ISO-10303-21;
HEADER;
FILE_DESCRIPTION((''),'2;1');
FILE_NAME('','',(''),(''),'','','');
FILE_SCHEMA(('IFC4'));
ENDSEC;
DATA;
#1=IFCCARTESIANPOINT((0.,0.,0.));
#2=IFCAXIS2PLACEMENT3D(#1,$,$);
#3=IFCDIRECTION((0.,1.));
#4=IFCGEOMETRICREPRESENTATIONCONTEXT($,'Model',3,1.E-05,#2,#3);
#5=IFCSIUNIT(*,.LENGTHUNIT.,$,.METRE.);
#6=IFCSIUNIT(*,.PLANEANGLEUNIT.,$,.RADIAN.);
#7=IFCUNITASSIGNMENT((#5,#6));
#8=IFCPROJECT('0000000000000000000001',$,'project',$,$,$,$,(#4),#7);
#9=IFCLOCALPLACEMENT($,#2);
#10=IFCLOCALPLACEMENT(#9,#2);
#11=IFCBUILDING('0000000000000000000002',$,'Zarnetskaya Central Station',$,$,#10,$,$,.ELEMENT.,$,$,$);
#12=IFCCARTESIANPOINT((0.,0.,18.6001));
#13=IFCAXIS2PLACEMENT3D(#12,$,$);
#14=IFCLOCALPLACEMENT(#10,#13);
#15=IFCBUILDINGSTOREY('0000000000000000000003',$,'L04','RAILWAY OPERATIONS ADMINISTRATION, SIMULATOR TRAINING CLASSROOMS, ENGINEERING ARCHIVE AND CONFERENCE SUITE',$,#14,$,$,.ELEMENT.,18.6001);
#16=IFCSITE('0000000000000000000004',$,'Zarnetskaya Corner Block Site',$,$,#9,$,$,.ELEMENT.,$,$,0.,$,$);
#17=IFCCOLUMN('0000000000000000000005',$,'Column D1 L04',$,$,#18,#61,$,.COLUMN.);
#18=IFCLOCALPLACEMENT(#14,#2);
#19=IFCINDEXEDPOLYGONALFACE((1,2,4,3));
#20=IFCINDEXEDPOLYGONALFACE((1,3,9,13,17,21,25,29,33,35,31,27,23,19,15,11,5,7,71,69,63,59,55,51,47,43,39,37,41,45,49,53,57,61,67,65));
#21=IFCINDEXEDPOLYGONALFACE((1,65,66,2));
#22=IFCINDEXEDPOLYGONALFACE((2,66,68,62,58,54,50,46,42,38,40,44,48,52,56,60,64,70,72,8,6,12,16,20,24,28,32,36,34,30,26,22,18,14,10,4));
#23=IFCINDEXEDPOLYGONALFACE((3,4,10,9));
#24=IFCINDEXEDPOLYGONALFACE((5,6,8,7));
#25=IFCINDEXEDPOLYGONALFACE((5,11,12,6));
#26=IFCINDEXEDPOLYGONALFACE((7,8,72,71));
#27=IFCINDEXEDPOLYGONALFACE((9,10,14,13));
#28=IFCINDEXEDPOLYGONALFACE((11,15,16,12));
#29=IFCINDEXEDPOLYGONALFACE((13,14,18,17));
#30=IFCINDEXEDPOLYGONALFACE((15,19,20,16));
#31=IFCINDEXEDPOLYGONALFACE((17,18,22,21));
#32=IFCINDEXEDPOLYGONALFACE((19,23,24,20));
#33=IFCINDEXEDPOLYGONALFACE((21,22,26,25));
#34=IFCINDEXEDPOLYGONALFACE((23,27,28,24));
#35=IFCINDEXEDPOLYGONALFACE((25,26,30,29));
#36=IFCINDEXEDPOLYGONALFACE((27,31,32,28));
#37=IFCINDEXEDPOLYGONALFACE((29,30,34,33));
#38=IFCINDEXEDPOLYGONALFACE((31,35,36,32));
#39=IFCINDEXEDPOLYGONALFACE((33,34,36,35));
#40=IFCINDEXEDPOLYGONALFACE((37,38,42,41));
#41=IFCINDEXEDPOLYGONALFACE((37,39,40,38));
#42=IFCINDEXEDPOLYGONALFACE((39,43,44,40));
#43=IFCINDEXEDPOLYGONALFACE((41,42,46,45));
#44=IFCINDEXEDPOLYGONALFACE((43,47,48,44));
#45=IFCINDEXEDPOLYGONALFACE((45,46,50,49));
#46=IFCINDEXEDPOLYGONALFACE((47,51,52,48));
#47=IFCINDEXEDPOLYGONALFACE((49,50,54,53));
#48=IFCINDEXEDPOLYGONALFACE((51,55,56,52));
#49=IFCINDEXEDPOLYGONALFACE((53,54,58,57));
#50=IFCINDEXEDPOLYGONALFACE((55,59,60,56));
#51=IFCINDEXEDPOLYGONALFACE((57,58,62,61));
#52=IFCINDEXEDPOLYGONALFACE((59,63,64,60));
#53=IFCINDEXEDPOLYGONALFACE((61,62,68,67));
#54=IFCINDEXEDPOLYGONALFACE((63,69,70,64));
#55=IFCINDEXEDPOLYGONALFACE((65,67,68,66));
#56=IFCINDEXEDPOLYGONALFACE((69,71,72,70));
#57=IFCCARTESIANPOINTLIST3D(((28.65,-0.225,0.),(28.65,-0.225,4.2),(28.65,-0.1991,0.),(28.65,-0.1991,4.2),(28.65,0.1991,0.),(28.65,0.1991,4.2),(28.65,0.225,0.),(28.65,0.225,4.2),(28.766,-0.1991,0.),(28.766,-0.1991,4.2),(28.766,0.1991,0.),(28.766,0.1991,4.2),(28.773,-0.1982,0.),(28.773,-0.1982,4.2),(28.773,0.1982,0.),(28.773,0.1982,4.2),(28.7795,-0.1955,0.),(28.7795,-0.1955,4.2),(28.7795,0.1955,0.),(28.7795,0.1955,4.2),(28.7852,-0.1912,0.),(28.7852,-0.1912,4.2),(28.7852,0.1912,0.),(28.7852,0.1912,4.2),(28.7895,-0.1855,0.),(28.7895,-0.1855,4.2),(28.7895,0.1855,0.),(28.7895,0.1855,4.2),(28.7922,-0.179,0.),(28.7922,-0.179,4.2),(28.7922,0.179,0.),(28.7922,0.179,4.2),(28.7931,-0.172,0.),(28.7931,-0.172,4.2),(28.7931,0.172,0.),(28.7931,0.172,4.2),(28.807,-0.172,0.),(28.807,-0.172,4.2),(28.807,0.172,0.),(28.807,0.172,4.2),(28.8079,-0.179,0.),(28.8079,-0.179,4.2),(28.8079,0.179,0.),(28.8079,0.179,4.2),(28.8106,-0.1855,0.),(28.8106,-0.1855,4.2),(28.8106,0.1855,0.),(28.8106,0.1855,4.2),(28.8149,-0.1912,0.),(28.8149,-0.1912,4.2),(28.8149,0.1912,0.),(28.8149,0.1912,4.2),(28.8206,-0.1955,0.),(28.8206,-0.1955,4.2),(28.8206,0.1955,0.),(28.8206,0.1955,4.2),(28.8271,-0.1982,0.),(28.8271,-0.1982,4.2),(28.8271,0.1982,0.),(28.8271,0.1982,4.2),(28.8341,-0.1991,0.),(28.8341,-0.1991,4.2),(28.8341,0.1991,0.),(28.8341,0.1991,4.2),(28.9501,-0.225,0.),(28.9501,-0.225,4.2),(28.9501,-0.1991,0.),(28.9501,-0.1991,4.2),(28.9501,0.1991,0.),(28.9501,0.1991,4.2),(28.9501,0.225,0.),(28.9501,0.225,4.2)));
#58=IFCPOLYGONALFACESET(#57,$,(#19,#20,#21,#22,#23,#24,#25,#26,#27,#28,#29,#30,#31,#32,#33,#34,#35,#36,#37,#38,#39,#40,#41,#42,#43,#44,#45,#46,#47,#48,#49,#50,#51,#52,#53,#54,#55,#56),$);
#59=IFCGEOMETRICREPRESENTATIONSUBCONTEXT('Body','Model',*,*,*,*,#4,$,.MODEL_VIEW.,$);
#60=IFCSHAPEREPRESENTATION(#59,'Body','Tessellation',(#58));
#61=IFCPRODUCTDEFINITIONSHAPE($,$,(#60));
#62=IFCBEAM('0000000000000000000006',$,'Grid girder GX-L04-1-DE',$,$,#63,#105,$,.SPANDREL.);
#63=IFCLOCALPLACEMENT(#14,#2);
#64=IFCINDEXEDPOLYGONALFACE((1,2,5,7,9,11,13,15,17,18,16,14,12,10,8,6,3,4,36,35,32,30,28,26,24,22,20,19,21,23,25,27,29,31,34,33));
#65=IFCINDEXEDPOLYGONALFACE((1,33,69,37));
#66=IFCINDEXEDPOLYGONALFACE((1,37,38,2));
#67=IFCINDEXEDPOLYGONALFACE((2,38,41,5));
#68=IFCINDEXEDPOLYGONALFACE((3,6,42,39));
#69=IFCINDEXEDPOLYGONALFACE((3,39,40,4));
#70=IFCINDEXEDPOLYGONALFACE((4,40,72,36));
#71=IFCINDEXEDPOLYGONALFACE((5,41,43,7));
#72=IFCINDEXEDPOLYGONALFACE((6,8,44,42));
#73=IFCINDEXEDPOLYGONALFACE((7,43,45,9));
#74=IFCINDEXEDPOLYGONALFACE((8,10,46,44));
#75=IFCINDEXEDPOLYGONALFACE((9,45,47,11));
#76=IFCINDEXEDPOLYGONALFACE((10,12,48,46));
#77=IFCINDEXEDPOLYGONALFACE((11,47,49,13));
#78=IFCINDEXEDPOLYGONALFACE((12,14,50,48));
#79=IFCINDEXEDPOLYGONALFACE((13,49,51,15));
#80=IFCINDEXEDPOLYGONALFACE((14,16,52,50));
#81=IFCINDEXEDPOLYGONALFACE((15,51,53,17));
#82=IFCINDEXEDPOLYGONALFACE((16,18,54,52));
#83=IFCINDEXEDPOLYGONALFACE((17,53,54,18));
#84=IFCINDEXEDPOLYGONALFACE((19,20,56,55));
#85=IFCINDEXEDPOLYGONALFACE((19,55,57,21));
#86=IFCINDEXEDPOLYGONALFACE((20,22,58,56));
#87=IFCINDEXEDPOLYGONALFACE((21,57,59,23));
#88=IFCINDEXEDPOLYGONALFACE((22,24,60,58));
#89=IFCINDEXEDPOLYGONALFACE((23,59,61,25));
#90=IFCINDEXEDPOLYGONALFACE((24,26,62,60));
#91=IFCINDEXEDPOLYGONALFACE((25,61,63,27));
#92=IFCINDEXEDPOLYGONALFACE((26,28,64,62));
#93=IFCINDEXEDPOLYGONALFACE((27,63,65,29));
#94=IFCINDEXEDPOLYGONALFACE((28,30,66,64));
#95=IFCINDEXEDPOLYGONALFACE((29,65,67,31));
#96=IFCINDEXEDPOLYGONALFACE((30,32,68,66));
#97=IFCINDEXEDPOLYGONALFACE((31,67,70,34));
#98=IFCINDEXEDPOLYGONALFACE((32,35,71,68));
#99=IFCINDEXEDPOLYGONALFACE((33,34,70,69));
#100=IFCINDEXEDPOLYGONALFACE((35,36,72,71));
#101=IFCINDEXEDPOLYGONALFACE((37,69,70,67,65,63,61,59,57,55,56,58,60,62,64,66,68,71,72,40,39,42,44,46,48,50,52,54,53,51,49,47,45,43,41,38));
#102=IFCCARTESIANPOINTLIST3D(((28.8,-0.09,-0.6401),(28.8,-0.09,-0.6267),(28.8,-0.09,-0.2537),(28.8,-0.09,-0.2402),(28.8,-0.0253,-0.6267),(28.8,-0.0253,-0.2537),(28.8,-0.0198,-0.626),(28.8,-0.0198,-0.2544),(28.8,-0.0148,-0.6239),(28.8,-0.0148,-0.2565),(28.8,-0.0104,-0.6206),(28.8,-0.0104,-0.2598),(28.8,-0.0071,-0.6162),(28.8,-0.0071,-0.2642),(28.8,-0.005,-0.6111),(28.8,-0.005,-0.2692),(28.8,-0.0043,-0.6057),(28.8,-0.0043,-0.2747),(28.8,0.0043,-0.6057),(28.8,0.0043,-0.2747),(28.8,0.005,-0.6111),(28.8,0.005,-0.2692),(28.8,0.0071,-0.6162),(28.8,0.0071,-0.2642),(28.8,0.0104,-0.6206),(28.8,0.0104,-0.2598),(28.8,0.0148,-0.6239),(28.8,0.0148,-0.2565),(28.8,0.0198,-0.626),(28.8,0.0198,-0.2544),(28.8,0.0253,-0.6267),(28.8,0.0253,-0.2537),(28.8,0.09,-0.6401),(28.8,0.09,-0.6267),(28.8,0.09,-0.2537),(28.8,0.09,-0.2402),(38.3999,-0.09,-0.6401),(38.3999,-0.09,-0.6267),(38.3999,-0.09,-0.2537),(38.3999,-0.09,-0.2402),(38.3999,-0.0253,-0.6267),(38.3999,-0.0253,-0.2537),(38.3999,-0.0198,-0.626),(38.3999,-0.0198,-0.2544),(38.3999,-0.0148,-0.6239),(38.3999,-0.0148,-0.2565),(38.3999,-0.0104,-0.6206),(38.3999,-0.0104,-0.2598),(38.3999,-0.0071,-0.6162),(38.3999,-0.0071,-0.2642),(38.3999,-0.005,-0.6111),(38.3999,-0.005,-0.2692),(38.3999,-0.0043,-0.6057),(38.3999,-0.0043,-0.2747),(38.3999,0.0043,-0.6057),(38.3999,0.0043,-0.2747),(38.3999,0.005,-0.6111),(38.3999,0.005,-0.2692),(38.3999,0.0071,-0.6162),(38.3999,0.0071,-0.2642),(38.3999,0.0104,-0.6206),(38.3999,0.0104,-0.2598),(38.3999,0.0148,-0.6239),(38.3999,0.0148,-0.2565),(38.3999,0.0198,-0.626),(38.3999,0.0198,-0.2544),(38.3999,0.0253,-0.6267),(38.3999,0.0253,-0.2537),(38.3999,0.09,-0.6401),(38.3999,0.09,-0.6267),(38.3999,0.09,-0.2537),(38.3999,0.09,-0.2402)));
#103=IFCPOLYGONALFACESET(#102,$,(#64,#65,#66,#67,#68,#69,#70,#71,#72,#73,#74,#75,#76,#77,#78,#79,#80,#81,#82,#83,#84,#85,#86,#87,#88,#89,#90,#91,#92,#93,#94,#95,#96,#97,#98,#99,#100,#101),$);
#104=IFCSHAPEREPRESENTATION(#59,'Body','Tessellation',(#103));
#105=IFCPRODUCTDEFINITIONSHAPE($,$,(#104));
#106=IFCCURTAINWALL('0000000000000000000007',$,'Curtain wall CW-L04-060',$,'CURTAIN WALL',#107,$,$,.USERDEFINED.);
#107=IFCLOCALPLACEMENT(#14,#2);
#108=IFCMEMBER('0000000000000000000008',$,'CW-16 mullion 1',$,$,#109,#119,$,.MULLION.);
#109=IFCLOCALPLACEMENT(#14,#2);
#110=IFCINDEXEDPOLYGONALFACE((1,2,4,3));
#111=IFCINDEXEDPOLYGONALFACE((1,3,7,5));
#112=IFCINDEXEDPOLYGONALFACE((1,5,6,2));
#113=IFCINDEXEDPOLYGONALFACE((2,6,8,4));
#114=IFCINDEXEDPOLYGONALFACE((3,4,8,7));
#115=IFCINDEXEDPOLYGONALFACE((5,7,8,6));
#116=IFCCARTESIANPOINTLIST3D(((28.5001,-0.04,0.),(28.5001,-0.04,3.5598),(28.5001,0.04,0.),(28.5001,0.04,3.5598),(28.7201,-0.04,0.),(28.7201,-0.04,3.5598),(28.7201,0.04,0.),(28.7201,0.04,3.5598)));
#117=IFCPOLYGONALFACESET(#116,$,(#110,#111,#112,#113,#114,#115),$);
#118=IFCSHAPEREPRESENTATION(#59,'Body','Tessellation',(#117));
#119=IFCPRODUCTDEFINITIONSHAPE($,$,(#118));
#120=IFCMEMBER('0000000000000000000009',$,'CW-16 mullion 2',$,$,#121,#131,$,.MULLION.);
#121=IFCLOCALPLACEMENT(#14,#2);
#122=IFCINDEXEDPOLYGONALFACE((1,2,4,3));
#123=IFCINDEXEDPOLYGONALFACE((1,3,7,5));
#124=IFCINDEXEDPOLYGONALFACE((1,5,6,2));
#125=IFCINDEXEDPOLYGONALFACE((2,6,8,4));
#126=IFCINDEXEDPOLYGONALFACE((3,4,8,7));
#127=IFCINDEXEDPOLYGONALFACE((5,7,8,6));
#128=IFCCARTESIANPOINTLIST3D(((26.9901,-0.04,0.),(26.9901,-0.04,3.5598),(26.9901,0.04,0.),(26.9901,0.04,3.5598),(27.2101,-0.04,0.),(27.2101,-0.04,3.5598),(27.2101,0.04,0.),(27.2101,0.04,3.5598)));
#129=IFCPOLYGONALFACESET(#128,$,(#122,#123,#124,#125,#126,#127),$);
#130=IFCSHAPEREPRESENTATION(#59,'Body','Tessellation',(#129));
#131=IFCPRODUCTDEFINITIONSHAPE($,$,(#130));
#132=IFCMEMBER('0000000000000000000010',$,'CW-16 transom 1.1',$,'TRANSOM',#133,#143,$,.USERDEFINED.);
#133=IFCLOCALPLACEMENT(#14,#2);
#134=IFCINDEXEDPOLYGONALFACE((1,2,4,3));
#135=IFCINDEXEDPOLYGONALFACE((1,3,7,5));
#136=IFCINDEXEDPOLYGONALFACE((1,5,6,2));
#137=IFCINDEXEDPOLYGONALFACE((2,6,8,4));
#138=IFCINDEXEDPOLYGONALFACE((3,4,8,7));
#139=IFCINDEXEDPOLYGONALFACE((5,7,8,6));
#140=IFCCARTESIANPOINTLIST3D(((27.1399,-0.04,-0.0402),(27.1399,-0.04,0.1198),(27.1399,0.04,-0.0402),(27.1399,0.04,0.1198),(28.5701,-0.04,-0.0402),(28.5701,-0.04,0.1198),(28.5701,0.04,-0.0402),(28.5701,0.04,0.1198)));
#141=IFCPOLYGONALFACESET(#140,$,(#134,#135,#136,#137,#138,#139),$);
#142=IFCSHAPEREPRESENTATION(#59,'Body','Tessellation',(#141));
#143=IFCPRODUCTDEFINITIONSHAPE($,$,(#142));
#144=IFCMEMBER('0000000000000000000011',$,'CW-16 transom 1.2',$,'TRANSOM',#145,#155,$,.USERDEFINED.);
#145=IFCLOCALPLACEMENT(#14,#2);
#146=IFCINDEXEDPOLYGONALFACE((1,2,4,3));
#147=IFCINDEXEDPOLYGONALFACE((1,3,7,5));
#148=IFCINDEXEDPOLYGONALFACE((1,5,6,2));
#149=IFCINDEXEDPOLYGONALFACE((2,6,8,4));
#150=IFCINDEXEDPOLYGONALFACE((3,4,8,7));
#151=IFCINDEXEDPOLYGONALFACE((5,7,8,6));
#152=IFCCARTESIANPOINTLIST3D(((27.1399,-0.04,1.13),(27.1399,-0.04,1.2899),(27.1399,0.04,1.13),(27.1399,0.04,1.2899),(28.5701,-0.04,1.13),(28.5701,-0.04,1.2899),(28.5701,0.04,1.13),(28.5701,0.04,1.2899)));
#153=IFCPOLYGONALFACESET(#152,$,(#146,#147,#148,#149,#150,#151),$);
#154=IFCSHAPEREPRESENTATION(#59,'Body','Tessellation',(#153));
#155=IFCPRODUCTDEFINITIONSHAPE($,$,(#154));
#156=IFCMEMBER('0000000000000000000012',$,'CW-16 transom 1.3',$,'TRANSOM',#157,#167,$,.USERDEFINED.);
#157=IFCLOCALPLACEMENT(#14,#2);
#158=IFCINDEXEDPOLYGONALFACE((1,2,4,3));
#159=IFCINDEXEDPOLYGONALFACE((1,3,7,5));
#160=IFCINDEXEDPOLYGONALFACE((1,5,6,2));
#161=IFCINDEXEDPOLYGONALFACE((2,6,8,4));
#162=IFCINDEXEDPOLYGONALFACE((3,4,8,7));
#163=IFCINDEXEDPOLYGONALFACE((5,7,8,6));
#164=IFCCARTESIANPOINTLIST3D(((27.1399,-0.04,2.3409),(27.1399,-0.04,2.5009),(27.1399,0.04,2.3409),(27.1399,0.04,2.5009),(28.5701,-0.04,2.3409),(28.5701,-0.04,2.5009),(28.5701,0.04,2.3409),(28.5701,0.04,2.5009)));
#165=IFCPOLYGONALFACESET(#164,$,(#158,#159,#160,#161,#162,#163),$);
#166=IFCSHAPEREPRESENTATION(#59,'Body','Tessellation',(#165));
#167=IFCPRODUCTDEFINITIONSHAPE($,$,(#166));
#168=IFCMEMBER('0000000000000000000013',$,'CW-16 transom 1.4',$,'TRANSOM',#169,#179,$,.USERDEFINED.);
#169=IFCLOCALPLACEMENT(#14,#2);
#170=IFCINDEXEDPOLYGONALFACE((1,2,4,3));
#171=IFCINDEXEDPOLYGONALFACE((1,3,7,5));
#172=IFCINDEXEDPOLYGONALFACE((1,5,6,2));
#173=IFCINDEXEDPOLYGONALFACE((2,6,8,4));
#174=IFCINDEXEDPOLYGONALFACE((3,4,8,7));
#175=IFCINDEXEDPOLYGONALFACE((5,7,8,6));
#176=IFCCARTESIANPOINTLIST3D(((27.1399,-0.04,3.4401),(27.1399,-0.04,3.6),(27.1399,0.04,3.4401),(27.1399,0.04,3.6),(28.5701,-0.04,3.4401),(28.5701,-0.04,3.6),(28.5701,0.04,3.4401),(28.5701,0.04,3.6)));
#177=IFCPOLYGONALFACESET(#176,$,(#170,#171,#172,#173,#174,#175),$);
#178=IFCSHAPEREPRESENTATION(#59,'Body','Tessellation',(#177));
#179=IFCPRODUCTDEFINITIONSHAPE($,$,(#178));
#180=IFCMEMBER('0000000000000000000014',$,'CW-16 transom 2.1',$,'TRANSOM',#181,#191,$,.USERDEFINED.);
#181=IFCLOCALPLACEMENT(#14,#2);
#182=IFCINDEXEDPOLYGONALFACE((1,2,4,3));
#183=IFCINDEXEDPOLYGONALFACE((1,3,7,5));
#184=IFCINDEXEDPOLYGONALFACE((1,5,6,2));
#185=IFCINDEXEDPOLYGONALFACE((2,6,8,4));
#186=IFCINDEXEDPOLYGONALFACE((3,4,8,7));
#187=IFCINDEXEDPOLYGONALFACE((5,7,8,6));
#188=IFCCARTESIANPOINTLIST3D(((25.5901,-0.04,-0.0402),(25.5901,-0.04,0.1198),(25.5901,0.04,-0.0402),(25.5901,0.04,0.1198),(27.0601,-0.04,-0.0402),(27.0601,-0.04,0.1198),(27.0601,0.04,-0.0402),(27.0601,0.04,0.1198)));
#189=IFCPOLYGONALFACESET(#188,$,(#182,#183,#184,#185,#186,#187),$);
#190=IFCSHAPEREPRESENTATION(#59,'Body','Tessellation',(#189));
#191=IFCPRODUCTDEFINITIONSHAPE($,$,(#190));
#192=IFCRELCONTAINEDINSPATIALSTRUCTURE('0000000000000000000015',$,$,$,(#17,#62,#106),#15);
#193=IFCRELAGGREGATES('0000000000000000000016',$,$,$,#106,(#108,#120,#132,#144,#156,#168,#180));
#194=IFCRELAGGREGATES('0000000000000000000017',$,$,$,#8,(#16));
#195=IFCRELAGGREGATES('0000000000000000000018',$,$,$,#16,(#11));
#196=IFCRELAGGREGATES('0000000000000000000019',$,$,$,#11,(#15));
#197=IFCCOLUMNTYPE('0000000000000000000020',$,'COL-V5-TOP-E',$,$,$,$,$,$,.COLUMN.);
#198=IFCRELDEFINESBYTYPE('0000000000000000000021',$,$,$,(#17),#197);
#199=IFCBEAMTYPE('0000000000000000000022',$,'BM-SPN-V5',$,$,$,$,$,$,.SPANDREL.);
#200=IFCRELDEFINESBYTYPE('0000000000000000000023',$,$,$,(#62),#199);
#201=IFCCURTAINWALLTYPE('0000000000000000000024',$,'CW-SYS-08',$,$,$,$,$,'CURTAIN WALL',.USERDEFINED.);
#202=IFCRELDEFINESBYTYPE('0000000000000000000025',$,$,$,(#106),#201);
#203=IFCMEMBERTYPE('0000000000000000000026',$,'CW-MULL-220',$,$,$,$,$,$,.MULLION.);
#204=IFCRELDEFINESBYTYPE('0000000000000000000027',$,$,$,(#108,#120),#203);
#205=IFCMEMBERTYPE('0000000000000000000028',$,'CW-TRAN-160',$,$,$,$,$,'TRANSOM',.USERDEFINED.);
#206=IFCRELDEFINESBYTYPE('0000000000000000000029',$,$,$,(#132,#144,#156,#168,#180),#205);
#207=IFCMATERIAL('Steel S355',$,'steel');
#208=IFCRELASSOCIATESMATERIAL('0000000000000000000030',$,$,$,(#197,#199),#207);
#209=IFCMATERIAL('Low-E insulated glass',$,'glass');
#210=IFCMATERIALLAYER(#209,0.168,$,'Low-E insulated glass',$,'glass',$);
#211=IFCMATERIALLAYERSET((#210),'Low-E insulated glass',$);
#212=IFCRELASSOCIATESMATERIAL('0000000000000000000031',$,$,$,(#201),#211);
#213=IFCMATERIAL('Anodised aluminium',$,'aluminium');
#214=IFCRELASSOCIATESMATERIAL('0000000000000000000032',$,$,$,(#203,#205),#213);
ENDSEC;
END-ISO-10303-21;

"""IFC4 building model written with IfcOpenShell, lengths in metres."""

from ifc_helpers import new_model, si_unit, direction, frame, origin, origin_2d, place, context, subcontext, project, spatial, rectangle, i_section, extrude, material, layer, layer_set, material_profile, profile_set, type_object, element, aggregate, save


model = new_model("IFC4")

# Units and contexts
model_context = context("Model", 3, precision=1e-05, world=origin(), true_north=direction((0.0, 1.0)))
body_context = subcontext(model_context, "Body", "Model", "MODEL_VIEW")
ifc_project = project(units=[si_unit("LENGTHUNIT", "METRE"), si_unit("PLANEANGLEUNIT", "RADIAN")], contexts=[model_context])

# Site, building, storey
site_placement = place(None, origin())
site = spatial("IfcSite", under=ifc_project, at=site_placement, Name="Zarnetskaya Corner Block Site", CompositionType="ELEMENT", RefElevation=0.0)
building_placement = place(site_placement, origin())
building = spatial("IfcBuilding", under=site, at=building_placement, Name="Zarnetskaya Central Station", CompositionType="ELEMENT")
storey_placement = place(building_placement, frame((0.0, 0.0, 18.6001)))
storey = spatial("IfcBuildingStorey", under=building, at=storey_placement, Name="L04", Description="RAILWAY OPERATIONS ADMINISTRATION, SIMULATOR TRAINING CLASSROOMS, ENGINEERING ARCHIVE AND CONFERENCE SUITE", CompositionType="ELEMENT", Elevation=18.6001)

# Column
ifc_material_1 = material(Name="Steel S355", Category="steel")
ifc_material_profile_1 = material_profile(ifc_material_1, i_section(OverallWidth=0.3, OverallDepth=0.45, WebThickness=0.0139, FlangeThickness=0.0259, FilletRadius=0.0271, at=origin_2d()), Name="HEB 450")
ifc_profile_set_1 = profile_set([ifc_material_profile_1], Name="Steel S355")
column_type = type_object("IfcColumnType", Name="COL-V5-TOP-E", PredefinedType="COLUMN", material=ifc_profile_set_1)
column_placement = place(storey_placement, frame((28.8, 0.0, 0.0), z_axis=(0.0, 0.0, 1.0), x_axis=(1.0, 0.0, 0.0)))
element("IfcColumn", 1, at=column_placement, inside=storey, type_object=column_type, Name="Column D1 L04", PredefinedType="COLUMN", context=body_context, shape_type="SweptSolid", body=[
    extrude(i_section(OverallWidth=0.3, OverallDepth=0.45, WebThickness=0.0139, FlangeThickness=0.0259, FilletRadius=0.0271, at=origin_2d()), origin(), (0.0, 0.0, 1.0), 4.2),
])

# Beam
ifc_material_profile_2 = material_profile(ifc_material_1, i_section(OverallWidth=0.1799, OverallDepth=0.3999, WebThickness=0.0085, FlangeThickness=0.0134, FilletRadius=0.021, at=origin_2d()), Name="IPE 400")
ifc_profile_set_2 = profile_set([ifc_material_profile_2], Name="Steel S355")
beam_type_1 = type_object("IfcBeamType", Name="BM-SPN-V5", PredefinedType="SPANDREL", material=ifc_profile_set_2)
beam_1_placement = place(storey_placement, frame((28.8, 0.0, -0.4402), z_axis=(1.0, 0.0, 0.0), x_axis=(0.0, 1.0, 0.0)))
element("IfcBeam", 2, at=beam_1_placement, inside=storey, type_object=beam_type_1, Name="Grid girder GX-L04-1-DE", PredefinedType="SPANDREL", context=body_context, shape_type="SweptSolid", body=[
    extrude(i_section(OverallWidth=0.1799, OverallDepth=0.3999, WebThickness=0.0085, FlangeThickness=0.0134, FilletRadius=0.021, at=origin_2d()), origin(), (0.0, 0.0, 1.0), 9.5999),
])

# Curtain wall, members
ifc_material_2 = material(Name="Low-E insulated glass", Category="glass")
ifc_layer_1 = layer(ifc_material_2, 0.168, Name="Low-E insulated glass", Category="glass")
ifc_layer_set_1 = layer_set([ifc_layer_1], Name="Low-E insulated glass")
curtain_wall_type = type_object("IfcCurtainWallType", Name="CW-SYS-08", ElementType="CURTAIN WALL", PredefinedType="USERDEFINED", material=ifc_layer_set_1)
curtain_wall_placement = place(storey_placement, origin())
curtain_wall = element("IfcCurtainWall", 3, at=curtain_wall_placement, inside=storey, type_object=curtain_wall_type, Name="Curtain wall CW-L04-060", ObjectType="CURTAIN WALL", PredefinedType="USERDEFINED")
ifc_material_3 = material(Name="Anodised aluminium", Category="aluminium")
ifc_material_profile_3 = material_profile(ifc_material_3, rectangle(XDim=0.0801, YDim=0.22, at=origin_2d()), Name="ALU MULL 80x220")
ifc_profile_set_3 = profile_set([ifc_material_profile_3], Name="Anodised aluminium")
member_type_1 = type_object("IfcMemberType", Name="CW-MULL-220", PredefinedType="MULLION", material=ifc_profile_set_3)
member_1_placement = place(storey_placement, frame((28.6101, 0.0, 0.0), z_axis=(0.0, 0.0, 1.0), x_axis=(0.0, -1.0, 0.0)))
member_1 = element("IfcMember", 4, at=member_1_placement, type_object=member_type_1, Name="CW-16 mullion 1", PredefinedType="MULLION", context=body_context, shape_type="SweptSolid", body=[
    extrude(rectangle(XDim=0.0801, YDim=0.22, at=origin_2d()), origin(), (0.0, 0.0, 1.0), 3.5598),
])
member_2_placement = place(storey_placement, frame((27.1001, 0.0, 0.0), z_axis=(0.0, 0.0, 1.0), x_axis=(0.0, -1.0, 0.0)))
member_2 = element("IfcMember", 5, at=member_2_placement, type_object=member_type_1, Name="CW-16 mullion 2", PredefinedType="MULLION", context=body_context, shape_type="SweptSolid", body=[
    extrude(rectangle(XDim=0.0801, YDim=0.22, at=origin_2d()), origin(), (0.0, 0.0, 1.0), 3.5598),
])
ifc_material_profile_4 = material_profile(ifc_material_3, rectangle(XDim=0.0801, YDim=0.1599, at=origin_2d()), Name="ALU TRAN 80x160")
ifc_profile_set_4 = profile_set([ifc_material_profile_4], Name="Anodised aluminium")
member_type_2 = type_object("IfcMemberType", Name="CW-TRAN-160", ElementType="TRANSOM", PredefinedType="USERDEFINED", material=ifc_profile_set_4)
member_3_placement = place(storey_placement, frame((28.5701, 0.0, 0.0398), z_axis=(-1.0, 0.0, 0.0), x_axis=(0.0, -1.0, 0.0)))
member_3 = element("IfcMember", 6, at=member_3_placement, type_object=member_type_2, Name="CW-16 transom 1.1", ObjectType="TRANSOM", PredefinedType="USERDEFINED", context=body_context, shape_type="SweptSolid", body=[
    extrude(rectangle(XDim=0.0801, YDim=0.1599, at=origin_2d()), origin(), (0.0, 0.0, 1.0), 1.4302),
])
member_4_placement = place(storey_placement, frame((28.5701, 0.0, 1.21), z_axis=(-1.0, 0.0, 0.0), x_axis=(0.0, -1.0, 0.0)))
member_4 = element("IfcMember", 7, at=member_4_placement, type_object=member_type_2, Name="CW-16 transom 1.2", ObjectType="TRANSOM", PredefinedType="USERDEFINED", context=body_context, shape_type="SweptSolid", body=[
    extrude(rectangle(XDim=0.0801, YDim=0.1599, at=origin_2d()), origin(), (0.0, 0.0, 1.0), 1.4302),
])
member_5_placement = place(storey_placement, frame((28.5701, 0.0, 2.4209), z_axis=(-1.0, 0.0, 0.0), x_axis=(0.0, -1.0, 0.0)))
member_5 = element("IfcMember", 8, at=member_5_placement, type_object=member_type_2, Name="CW-16 transom 1.3", ObjectType="TRANSOM", PredefinedType="USERDEFINED", context=body_context, shape_type="SweptSolid", body=[
    extrude(rectangle(XDim=0.0801, YDim=0.1599, at=origin_2d()), origin(), (0.0, 0.0, 1.0), 1.4302),
])
member_6_placement = place(storey_placement, frame((28.5701, 0.0, 3.52), z_axis=(-1.0, 0.0, 0.0), x_axis=(0.0, -1.0, 0.0)))
member_6 = element("IfcMember", 9, at=member_6_placement, type_object=member_type_2, Name="CW-16 transom 1.4", ObjectType="TRANSOM", PredefinedType="USERDEFINED", context=body_context, shape_type="SweptSolid", body=[
    extrude(rectangle(XDim=0.0801, YDim=0.1599, at=origin_2d()), origin(), (0.0, 0.0, 1.0), 1.4302),
])
member_7_placement = place(storey_placement, frame((27.0601, 0.0, 0.0398), z_axis=(-1.0, 0.0, 0.0), x_axis=(0.0, -1.0, 0.0)))
member_7 = element("IfcMember", 10, at=member_7_placement, type_object=member_type_2, Name="CW-16 transom 2.1", ObjectType="TRANSOM", PredefinedType="USERDEFINED", context=body_context, shape_type="SweptSolid", body=[
    extrude(rectangle(XDim=0.0801, YDim=0.1599, at=origin_2d()), origin(), (0.0, 0.0, 1.0), 1.47),
])

aggregate(curtain_wall, [member_1, member_2, member_3, member_4, member_5, member_6, member_7])

save(model, "model.ifc")
